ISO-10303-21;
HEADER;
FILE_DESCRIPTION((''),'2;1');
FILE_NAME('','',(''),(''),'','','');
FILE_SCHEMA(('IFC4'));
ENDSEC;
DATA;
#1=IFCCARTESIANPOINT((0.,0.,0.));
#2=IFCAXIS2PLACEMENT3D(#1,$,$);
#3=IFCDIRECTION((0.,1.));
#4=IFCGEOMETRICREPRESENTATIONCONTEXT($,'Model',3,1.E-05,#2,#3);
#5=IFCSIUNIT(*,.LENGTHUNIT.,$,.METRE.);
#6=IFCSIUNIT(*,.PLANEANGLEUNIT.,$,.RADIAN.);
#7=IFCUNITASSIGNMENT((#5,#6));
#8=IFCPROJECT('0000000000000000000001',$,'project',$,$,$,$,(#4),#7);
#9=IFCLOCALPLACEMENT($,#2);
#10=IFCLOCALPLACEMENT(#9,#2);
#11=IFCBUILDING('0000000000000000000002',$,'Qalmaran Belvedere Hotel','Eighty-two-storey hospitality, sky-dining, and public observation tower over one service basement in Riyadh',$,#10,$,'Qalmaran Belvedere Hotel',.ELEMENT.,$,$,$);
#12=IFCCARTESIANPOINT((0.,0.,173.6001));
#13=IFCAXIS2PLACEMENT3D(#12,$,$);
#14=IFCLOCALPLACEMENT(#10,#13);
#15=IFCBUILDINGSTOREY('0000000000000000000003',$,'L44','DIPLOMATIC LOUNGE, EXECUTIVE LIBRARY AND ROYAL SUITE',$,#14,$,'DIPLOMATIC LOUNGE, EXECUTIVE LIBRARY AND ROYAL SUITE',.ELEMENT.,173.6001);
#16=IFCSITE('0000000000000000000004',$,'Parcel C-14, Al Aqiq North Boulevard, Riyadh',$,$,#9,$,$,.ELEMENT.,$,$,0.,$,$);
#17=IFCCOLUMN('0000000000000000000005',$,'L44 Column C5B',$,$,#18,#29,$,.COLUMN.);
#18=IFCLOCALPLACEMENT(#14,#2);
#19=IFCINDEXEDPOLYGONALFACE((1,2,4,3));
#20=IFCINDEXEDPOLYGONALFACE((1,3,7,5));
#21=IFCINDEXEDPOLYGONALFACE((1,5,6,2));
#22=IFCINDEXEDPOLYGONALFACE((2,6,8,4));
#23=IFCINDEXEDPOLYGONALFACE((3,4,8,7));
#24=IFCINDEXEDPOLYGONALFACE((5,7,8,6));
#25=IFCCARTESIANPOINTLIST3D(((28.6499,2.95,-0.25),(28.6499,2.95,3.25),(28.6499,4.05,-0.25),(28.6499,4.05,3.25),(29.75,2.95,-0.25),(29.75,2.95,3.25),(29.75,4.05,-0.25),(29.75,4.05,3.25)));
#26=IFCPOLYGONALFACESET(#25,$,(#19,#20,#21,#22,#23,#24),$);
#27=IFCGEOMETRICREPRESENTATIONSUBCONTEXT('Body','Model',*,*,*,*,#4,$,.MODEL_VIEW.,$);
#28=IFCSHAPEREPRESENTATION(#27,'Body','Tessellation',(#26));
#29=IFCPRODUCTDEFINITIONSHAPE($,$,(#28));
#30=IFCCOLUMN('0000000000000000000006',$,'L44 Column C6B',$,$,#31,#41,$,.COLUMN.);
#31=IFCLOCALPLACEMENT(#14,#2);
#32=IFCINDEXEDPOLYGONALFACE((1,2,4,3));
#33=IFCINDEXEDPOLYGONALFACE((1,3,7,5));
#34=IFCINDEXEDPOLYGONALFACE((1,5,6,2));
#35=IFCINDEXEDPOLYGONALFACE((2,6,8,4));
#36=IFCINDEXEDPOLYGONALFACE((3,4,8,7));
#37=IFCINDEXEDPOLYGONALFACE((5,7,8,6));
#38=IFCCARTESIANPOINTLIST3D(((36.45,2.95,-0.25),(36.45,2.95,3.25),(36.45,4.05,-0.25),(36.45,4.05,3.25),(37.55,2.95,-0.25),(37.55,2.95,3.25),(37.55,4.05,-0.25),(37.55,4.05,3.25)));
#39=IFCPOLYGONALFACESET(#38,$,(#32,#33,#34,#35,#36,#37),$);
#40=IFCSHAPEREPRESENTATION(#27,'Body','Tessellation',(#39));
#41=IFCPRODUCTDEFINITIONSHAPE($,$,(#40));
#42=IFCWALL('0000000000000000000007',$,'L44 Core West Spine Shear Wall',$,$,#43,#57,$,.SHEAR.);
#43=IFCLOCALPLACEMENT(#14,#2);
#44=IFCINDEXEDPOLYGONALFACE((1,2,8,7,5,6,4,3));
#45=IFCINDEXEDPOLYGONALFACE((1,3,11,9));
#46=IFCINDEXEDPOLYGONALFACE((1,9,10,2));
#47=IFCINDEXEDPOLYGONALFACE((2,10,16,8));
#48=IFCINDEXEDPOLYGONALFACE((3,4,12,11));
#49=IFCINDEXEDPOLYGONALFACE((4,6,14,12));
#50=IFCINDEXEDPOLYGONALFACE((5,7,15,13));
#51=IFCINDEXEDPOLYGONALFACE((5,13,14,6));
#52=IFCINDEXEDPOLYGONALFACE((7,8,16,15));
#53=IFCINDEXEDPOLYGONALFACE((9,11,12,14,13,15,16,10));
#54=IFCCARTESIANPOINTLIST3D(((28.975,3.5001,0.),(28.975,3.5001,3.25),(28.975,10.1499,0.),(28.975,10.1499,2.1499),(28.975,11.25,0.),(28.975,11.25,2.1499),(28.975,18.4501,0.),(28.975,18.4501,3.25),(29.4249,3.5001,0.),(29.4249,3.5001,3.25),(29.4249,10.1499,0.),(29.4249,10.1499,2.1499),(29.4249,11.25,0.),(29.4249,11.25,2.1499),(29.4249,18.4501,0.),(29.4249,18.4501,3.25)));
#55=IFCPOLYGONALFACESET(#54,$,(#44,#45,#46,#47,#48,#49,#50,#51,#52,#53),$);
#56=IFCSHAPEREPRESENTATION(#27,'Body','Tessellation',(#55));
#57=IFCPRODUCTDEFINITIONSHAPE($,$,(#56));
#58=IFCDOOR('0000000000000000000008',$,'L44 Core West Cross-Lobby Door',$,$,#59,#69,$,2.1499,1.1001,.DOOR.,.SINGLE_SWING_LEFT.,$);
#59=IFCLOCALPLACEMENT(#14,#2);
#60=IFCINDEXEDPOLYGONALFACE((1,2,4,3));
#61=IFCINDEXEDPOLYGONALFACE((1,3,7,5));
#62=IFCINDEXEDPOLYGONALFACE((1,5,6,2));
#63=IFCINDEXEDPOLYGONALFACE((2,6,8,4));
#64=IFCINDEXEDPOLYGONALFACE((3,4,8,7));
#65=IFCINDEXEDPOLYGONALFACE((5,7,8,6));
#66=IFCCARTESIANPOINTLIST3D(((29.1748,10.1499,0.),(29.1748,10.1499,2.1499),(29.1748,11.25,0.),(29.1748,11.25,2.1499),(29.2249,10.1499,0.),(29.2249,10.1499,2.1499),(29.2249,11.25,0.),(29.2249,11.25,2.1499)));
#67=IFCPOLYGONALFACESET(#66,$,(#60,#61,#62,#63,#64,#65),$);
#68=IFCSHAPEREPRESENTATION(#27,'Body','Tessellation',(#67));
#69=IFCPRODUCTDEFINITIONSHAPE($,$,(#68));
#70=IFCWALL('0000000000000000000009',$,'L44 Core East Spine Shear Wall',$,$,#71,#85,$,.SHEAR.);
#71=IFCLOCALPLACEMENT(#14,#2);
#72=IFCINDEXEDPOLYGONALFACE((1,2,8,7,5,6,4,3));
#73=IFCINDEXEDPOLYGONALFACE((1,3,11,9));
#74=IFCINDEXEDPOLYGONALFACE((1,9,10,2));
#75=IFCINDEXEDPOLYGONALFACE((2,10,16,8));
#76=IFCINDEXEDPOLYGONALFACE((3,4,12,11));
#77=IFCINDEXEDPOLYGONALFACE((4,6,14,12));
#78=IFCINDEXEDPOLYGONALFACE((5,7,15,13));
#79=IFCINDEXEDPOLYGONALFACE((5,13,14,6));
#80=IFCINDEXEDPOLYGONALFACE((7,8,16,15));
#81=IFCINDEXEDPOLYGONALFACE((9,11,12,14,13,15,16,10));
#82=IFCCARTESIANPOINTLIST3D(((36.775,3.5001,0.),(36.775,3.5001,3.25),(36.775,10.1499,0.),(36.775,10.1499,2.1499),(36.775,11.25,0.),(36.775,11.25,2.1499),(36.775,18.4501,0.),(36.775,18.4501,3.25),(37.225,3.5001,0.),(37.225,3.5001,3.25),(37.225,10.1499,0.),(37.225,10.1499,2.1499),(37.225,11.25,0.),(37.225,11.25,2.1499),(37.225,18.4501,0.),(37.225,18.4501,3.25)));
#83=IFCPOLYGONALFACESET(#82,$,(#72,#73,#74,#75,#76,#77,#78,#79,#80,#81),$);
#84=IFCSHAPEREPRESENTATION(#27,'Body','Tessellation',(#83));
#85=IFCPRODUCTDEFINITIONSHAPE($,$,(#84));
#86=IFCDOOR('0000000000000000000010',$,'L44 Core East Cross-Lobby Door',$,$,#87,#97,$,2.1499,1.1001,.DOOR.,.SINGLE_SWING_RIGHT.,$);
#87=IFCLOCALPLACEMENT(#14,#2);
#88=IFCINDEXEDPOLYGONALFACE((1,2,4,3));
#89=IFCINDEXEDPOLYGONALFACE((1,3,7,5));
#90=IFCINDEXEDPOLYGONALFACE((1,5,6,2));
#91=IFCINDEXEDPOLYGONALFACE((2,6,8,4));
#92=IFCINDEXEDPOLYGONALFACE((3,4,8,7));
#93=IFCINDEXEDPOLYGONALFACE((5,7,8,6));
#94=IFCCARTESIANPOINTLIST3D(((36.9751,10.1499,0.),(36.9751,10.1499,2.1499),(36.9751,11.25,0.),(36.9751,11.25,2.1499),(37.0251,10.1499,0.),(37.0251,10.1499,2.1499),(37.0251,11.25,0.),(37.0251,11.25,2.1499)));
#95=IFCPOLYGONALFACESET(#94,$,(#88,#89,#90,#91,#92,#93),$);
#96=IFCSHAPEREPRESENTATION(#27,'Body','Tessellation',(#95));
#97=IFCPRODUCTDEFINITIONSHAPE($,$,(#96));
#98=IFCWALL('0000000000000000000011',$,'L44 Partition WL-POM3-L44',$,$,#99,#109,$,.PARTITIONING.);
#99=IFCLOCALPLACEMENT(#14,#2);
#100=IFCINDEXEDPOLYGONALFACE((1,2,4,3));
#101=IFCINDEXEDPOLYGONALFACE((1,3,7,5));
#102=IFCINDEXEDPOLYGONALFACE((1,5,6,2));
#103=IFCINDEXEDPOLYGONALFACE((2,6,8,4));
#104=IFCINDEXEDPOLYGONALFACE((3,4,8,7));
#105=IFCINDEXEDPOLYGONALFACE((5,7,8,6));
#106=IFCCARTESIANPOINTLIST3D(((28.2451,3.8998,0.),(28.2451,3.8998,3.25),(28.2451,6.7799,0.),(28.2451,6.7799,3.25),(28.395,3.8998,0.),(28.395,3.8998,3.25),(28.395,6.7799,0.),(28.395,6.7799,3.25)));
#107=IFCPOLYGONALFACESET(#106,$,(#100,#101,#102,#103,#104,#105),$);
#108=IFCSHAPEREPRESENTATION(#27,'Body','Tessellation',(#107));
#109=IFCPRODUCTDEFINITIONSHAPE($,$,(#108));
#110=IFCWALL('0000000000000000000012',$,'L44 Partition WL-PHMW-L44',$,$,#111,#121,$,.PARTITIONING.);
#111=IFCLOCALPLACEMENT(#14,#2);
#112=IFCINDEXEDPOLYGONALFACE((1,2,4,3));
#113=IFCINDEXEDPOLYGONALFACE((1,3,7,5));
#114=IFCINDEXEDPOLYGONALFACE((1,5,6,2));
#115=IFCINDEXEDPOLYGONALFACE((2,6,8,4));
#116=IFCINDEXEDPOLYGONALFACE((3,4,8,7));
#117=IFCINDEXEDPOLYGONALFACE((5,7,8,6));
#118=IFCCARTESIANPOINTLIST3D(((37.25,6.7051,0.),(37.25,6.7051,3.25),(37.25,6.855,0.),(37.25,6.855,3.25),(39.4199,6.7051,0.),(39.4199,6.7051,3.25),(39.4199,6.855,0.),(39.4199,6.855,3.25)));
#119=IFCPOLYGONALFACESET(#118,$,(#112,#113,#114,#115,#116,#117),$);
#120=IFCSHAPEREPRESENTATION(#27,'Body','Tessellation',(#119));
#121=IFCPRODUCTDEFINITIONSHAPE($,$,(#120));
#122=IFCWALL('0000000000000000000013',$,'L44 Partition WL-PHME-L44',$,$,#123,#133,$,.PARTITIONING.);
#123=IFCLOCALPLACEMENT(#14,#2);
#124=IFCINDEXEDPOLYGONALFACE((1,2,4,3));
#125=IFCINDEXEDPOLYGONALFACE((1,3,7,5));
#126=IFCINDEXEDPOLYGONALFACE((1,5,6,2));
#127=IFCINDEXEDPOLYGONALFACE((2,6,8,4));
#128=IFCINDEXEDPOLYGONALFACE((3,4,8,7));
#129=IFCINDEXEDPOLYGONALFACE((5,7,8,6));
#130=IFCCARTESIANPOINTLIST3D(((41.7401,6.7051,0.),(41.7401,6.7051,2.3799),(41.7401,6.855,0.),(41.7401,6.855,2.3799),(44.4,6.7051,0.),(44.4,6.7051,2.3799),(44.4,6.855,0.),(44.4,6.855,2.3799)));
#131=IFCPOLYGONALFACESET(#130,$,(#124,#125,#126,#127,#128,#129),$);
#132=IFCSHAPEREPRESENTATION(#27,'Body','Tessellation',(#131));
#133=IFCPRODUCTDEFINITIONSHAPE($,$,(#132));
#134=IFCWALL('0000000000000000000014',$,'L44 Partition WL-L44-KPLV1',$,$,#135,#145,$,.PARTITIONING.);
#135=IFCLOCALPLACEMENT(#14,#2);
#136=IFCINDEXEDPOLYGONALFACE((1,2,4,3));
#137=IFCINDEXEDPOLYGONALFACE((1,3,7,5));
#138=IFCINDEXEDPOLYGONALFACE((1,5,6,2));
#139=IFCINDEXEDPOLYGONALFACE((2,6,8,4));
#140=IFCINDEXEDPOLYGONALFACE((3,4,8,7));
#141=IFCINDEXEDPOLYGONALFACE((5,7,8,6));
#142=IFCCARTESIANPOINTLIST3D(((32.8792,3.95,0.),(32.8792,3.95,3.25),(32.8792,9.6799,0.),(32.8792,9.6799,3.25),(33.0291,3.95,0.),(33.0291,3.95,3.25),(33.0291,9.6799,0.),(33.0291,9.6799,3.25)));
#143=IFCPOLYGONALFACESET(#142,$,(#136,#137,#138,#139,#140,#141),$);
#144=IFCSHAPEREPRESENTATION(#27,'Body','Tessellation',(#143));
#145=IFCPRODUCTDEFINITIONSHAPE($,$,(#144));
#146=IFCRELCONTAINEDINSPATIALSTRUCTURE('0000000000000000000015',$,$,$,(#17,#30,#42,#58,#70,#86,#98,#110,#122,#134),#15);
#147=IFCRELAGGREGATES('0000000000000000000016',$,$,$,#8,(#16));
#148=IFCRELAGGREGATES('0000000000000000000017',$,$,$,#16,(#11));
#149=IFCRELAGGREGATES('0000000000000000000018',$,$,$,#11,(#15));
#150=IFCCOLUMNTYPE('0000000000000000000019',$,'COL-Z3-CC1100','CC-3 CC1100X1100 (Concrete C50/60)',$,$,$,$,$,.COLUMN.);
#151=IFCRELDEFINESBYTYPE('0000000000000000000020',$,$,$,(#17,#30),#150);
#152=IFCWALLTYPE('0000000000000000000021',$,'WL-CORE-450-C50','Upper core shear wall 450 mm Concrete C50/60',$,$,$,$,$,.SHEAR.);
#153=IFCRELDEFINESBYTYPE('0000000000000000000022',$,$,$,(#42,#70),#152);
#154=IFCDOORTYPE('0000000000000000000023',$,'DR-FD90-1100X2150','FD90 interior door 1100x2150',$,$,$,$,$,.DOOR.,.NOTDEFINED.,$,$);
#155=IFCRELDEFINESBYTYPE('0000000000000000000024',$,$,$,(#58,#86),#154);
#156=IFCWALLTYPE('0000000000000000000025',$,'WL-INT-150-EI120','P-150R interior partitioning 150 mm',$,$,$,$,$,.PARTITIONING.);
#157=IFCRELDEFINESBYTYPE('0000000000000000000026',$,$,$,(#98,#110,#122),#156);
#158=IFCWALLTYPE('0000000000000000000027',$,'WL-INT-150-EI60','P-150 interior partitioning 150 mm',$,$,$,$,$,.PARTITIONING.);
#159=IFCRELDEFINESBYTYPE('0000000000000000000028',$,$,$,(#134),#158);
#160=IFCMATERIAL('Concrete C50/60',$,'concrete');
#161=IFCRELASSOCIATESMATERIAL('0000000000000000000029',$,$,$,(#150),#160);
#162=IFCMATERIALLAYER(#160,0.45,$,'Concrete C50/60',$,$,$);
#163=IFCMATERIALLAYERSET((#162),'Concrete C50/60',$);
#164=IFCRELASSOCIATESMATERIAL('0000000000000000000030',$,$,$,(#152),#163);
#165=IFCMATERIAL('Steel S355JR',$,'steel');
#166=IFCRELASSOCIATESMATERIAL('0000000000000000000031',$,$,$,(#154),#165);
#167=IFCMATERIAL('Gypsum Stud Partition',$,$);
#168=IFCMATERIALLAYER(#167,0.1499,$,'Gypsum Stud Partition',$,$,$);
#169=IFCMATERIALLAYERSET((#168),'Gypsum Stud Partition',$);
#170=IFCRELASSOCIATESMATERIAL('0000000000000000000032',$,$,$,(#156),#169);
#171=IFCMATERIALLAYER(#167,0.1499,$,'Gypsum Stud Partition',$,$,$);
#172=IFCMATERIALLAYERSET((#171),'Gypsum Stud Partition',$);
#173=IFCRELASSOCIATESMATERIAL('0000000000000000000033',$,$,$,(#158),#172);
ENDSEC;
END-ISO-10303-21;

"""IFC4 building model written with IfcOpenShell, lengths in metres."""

from ifc_helpers import new_model, si_unit, direction, frame, frame_2d, origin, origin_2d, place, context, subcontext, project, spatial, rectangle, extrude, material, layer, layer_set, material_profile, profile_set, type_object, element, fill, save


model = new_model("IFC4")

# Units and contexts
model_context = context("Model", 3, precision=1e-05, world=origin(), true_north=direction((0.0, 1.0)))
body_context = subcontext(model_context, "Body", "Model", "MODEL_VIEW")
ifc_project = project(units=[si_unit("LENGTHUNIT", "METRE"), si_unit("PLANEANGLEUNIT", "RADIAN")], contexts=[model_context])

# Site, building, storey
site_placement = place(None, origin())
site = spatial("IfcSite", under=ifc_project, at=site_placement, Name="Parcel C-14, Al Aqiq North Boulevard, Riyadh", CompositionType="ELEMENT", RefElevation=0.0)
building_placement = place(site_placement, origin())
building = spatial("IfcBuilding", under=site, at=building_placement, Name="Qalmaran Belvedere Hotel", Description="Eighty-two-storey hospitality, sky-dining, and public observation tower over one service basement in Riyadh", LongName="Qalmaran Belvedere Hotel", CompositionType="ELEMENT")
storey_placement = place(building_placement, frame((0.0, 0.0, 173.6001)))
storey = spatial("IfcBuildingStorey", under=building, at=storey_placement, Name="L44", Description="DIPLOMATIC LOUNGE, EXECUTIVE LIBRARY AND ROYAL SUITE", LongName="DIPLOMATIC LOUNGE, EXECUTIVE LIBRARY AND ROYAL SUITE", CompositionType="ELEMENT", Elevation=173.6001)

# Columns
ifc_material_1 = material(Name="Concrete C50/60", Category="concrete")
ifc_material_profile = material_profile(ifc_material_1, rectangle(XDim=1.1001, YDim=1.1001, at=origin_2d()), Name="CC1100X1100")
ifc_profile_set = profile_set([ifc_material_profile], Name="Concrete C50/60")
column_type = type_object("IfcColumnType", Name="COL-Z3-CC1100", Description="CC-3 CC1100X1100 (Concrete C50/60)", PredefinedType="COLUMN", material=ifc_profile_set)
for number, where, z_axis, x_axis, name in (
    (1, (29.2, 3.5, -0.25), (0.0, 0.0, 1.0), (1.0, 0.0, 0.0), "L44 Column C5B"),
    (2, (37.0, 3.5, -0.25), (0.0, 0.0, 1.0), (1.0, 0.0, 0.0), "L44 Column C6B"),
):
    element("IfcColumn", number, at=place(storey_placement, frame(where, z_axis=z_axis, x_axis=x_axis)), inside=storey, type_object=column_type, Name=name, PredefinedType="COLUMN", context=body_context, shape_type="SweptSolid", body=[
        extrude(rectangle(XDim=1.1001, YDim=1.1001, at=origin_2d()), origin(), (0.0, 0.0, 1.0), 3.5),
    ])

# Walls, openings, doors
ifc_layer_1 = layer(ifc_material_1, 0.45, Name="Concrete C50/60")
ifc_layer_set_1 = layer_set([ifc_layer_1], Name="Concrete C50/60")
wall_type_1 = type_object("IfcWallType", Name="WL-CORE-450-C50", Description="Upper core shear wall 450 mm Concrete C50/60", PredefinedType="SHEAR", material=ifc_layer_set_1)
wall_1_placement = place(storey_placement, frame((29.2, 3.5, 0.0), z_axis=(0.0, 0.0, 1.0), x_axis=(0.0, 1.0, 0.0)))
wall_1 = element("IfcWall", 3, at=wall_1_placement, inside=storey, type_object=wall_type_1, Name="L44 Core West Spine Shear Wall", PredefinedType="SHEAR", context=body_context, shape_type="SweptSolid", body=[
    extrude(rectangle(XDim=14.95, YDim=0.45, at=frame_2d((7.4751, 0.0))), origin(), (0.0, 0.0, 1.0), 3.25),
])
opening_1_placement = place(wall_1_placement, frame((7.75, 0.0, 0.0), z_axis=(0.0, 0.0, 1.0), x_axis=(-1.0, 0.0, 0.0)))
opening_1 = element("IfcOpeningElement", 4, at=opening_1_placement, cuts=wall_1, PredefinedType="OPENING", context=body_context, shape_type="SweptSolid", body=[
    extrude(rectangle(XDim=1.1001, YDim=2.1499, at=frame_2d((0.55, 1.075))), frame((0.0, 0.2349, 0.0), z_axis=(0.0, -1.0, 0.0), x_axis=(1.0, 0.0, 0.0)), (0.0, 0.0, 1.0), 0.47),
])
ifc_material_2 = material(Name="Steel S355JR", Category="steel")
door_type_1 = type_object("IfcDoorType", Name="DR-FD90-1100X2150", Description="FD90 interior door 1100x2150", OperationType="NOTDEFINED", PredefinedType="DOOR", material=ifc_material_2)
door_1_placement = place(opening_1_placement, origin())
door_1 = element("IfcDoor", 5, at=door_1_placement, inside=storey, type_object=door_type_1, Name="L44 Core West Cross-Lobby Door", OperationType="SINGLE_SWING_LEFT", OverallHeight=2.1499, OverallWidth=1.1001, PredefinedType="DOOR", context=body_context, shape_type="SweptSolid", body=[
    extrude(rectangle(XDim=1.1001, YDim=2.1499, at=frame_2d((0.55, 1.075))), frame((0.0, 0.0249, 0.0), z_axis=(0.0, -1.0, 0.0), x_axis=(1.0, 0.0, 0.0)), (0.0, 0.0, 1.0), 0.05),
])
fill(opening_1, door_1)
wall_2_placement = place(storey_placement, frame((37.0, 3.5, 0.0), z_axis=(0.0, 0.0, 1.0), x_axis=(0.0, 1.0, 0.0)))
wall_2 = element("IfcWall", 6, at=wall_2_placement, inside=storey, type_object=wall_type_1, Name="L44 Core East Spine Shear Wall", PredefinedType="SHEAR", context=body_context, shape_type="SweptSolid", body=[
    extrude(rectangle(XDim=14.95, YDim=0.45, at=frame_2d((7.4751, 0.0))), origin(), (0.0, 0.0, 1.0), 3.25),
])
opening_2_placement = place(wall_2_placement, frame((6.6499, 0.0, 0.0)))
opening_2 = element("IfcOpeningElement", 7, at=opening_2_placement, cuts=wall_2, PredefinedType="OPENING", context=body_context, shape_type="SweptSolid", body=[
    extrude(rectangle(XDim=1.1001, YDim=2.1499, at=frame_2d((0.55, 1.075))), frame((0.0, 0.2349, 0.0), z_axis=(0.0, -1.0, 0.0), x_axis=(1.0, 0.0, 0.0)), (0.0, 0.0, 1.0), 0.47),
])
door_2_placement = place(opening_2_placement, origin())
door_2 = element("IfcDoor", 8, at=door_2_placement, inside=storey, type_object=door_type_1, Name="L44 Core East Cross-Lobby Door", OperationType="SINGLE_SWING_RIGHT", OverallHeight=2.1499, OverallWidth=1.1001, PredefinedType="DOOR", context=body_context, shape_type="SweptSolid", body=[
    extrude(rectangle(XDim=1.1001, YDim=2.1499, at=frame_2d((0.55, 1.075))), frame((0.0, 0.0249, 0.0), z_axis=(0.0, -1.0, 0.0), x_axis=(1.0, 0.0, 0.0)), (0.0, 0.0, 1.0), 0.05),
])
fill(opening_2, door_2)

# Walls
ifc_material_3 = material(Name="Gypsum Stud Partition")
ifc_layer_2 = layer(ifc_material_3, 0.1499, Name="Gypsum Stud Partition")
ifc_layer_set_2 = layer_set([ifc_layer_2], Name="Gypsum Stud Partition")
wall_type_2 = type_object("IfcWallType", Name="WL-INT-150-EI120", Description="P-150R interior partitioning 150 mm", PredefinedType="PARTITIONING", material=ifc_layer_set_2)
wall_3_placement = place(storey_placement, frame((28.3201, 3.8999, 0.0), z_axis=(0.0, 0.0, 1.0), x_axis=(0.0, 1.0, 0.0)))
element("IfcWall", 9, at=wall_3_placement, inside=storey, type_object=wall_type_2, Name="L44 Partition WL-POM3-L44", PredefinedType="PARTITIONING", context=body_context, shape_type="SweptSolid", body=[
    extrude(rectangle(XDim=2.8801, YDim=0.1499, at=frame_2d((1.4399, 0.0))), origin(), (0.0, 0.0, 1.0), 3.25),
])
wall_4_placement = place(storey_placement, frame((37.25, 6.78, 0.0), z_axis=(0.0, 0.0, 1.0), x_axis=(1.0, 0.0, 0.0)))
element("IfcWall", 10, at=wall_4_placement, inside=storey, type_object=wall_type_2, Name="L44 Partition WL-PHMW-L44", PredefinedType="PARTITIONING", context=body_context, shape_type="SweptSolid", body=[
    extrude(rectangle(XDim=2.1699, YDim=0.1499, at=frame_2d((1.085, 0.0))), origin(), (0.0, 0.0, 1.0), 3.25),
])
wall_5_placement = place(storey_placement, frame((41.74, 6.78, 0.0), z_axis=(0.0, 0.0, 1.0), x_axis=(1.0, 0.0, 0.0)))
element("IfcWall", 11, at=wall_5_placement, inside=storey, type_object=wall_type_2, Name="L44 Partition WL-PHME-L44", PredefinedType="PARTITIONING", context=body_context, shape_type="SweptSolid", body=[
    extrude(rectangle(XDim=2.6599, YDim=0.1499, at=frame_2d((1.3301, 0.0))), origin(), (0.0, 0.0, 1.0), 2.3799),
])
ifc_layer_3 = layer(ifc_material_3, 0.1499, Name="Gypsum Stud Partition")
ifc_layer_set_3 = layer_set([ifc_layer_3], Name="Gypsum Stud Partition")
wall_type_3 = type_object("IfcWallType", Name="WL-INT-150-EI60", Description="P-150 interior partitioning 150 mm", PredefinedType="PARTITIONING", material=ifc_layer_set_3)
wall_6_placement = place(storey_placement, frame((32.9541, 3.95, 0.0), z_axis=(0.0, 0.0, 1.0), x_axis=(0.0, 1.0, 0.0)))
element("IfcWall", 12, at=wall_6_placement, inside=storey, type_object=wall_type_3, Name="L44 Partition WL-L44-KPLV1", PredefinedType="PARTITIONING", context=body_context, shape_type="SweptSolid", body=[
    extrude(rectangle(XDim=5.73, YDim=0.1499, at=frame_2d((2.865, 0.0))), origin(), (0.0, 0.0, 1.0), 3.25),
])

save(model, "model.ifc")
